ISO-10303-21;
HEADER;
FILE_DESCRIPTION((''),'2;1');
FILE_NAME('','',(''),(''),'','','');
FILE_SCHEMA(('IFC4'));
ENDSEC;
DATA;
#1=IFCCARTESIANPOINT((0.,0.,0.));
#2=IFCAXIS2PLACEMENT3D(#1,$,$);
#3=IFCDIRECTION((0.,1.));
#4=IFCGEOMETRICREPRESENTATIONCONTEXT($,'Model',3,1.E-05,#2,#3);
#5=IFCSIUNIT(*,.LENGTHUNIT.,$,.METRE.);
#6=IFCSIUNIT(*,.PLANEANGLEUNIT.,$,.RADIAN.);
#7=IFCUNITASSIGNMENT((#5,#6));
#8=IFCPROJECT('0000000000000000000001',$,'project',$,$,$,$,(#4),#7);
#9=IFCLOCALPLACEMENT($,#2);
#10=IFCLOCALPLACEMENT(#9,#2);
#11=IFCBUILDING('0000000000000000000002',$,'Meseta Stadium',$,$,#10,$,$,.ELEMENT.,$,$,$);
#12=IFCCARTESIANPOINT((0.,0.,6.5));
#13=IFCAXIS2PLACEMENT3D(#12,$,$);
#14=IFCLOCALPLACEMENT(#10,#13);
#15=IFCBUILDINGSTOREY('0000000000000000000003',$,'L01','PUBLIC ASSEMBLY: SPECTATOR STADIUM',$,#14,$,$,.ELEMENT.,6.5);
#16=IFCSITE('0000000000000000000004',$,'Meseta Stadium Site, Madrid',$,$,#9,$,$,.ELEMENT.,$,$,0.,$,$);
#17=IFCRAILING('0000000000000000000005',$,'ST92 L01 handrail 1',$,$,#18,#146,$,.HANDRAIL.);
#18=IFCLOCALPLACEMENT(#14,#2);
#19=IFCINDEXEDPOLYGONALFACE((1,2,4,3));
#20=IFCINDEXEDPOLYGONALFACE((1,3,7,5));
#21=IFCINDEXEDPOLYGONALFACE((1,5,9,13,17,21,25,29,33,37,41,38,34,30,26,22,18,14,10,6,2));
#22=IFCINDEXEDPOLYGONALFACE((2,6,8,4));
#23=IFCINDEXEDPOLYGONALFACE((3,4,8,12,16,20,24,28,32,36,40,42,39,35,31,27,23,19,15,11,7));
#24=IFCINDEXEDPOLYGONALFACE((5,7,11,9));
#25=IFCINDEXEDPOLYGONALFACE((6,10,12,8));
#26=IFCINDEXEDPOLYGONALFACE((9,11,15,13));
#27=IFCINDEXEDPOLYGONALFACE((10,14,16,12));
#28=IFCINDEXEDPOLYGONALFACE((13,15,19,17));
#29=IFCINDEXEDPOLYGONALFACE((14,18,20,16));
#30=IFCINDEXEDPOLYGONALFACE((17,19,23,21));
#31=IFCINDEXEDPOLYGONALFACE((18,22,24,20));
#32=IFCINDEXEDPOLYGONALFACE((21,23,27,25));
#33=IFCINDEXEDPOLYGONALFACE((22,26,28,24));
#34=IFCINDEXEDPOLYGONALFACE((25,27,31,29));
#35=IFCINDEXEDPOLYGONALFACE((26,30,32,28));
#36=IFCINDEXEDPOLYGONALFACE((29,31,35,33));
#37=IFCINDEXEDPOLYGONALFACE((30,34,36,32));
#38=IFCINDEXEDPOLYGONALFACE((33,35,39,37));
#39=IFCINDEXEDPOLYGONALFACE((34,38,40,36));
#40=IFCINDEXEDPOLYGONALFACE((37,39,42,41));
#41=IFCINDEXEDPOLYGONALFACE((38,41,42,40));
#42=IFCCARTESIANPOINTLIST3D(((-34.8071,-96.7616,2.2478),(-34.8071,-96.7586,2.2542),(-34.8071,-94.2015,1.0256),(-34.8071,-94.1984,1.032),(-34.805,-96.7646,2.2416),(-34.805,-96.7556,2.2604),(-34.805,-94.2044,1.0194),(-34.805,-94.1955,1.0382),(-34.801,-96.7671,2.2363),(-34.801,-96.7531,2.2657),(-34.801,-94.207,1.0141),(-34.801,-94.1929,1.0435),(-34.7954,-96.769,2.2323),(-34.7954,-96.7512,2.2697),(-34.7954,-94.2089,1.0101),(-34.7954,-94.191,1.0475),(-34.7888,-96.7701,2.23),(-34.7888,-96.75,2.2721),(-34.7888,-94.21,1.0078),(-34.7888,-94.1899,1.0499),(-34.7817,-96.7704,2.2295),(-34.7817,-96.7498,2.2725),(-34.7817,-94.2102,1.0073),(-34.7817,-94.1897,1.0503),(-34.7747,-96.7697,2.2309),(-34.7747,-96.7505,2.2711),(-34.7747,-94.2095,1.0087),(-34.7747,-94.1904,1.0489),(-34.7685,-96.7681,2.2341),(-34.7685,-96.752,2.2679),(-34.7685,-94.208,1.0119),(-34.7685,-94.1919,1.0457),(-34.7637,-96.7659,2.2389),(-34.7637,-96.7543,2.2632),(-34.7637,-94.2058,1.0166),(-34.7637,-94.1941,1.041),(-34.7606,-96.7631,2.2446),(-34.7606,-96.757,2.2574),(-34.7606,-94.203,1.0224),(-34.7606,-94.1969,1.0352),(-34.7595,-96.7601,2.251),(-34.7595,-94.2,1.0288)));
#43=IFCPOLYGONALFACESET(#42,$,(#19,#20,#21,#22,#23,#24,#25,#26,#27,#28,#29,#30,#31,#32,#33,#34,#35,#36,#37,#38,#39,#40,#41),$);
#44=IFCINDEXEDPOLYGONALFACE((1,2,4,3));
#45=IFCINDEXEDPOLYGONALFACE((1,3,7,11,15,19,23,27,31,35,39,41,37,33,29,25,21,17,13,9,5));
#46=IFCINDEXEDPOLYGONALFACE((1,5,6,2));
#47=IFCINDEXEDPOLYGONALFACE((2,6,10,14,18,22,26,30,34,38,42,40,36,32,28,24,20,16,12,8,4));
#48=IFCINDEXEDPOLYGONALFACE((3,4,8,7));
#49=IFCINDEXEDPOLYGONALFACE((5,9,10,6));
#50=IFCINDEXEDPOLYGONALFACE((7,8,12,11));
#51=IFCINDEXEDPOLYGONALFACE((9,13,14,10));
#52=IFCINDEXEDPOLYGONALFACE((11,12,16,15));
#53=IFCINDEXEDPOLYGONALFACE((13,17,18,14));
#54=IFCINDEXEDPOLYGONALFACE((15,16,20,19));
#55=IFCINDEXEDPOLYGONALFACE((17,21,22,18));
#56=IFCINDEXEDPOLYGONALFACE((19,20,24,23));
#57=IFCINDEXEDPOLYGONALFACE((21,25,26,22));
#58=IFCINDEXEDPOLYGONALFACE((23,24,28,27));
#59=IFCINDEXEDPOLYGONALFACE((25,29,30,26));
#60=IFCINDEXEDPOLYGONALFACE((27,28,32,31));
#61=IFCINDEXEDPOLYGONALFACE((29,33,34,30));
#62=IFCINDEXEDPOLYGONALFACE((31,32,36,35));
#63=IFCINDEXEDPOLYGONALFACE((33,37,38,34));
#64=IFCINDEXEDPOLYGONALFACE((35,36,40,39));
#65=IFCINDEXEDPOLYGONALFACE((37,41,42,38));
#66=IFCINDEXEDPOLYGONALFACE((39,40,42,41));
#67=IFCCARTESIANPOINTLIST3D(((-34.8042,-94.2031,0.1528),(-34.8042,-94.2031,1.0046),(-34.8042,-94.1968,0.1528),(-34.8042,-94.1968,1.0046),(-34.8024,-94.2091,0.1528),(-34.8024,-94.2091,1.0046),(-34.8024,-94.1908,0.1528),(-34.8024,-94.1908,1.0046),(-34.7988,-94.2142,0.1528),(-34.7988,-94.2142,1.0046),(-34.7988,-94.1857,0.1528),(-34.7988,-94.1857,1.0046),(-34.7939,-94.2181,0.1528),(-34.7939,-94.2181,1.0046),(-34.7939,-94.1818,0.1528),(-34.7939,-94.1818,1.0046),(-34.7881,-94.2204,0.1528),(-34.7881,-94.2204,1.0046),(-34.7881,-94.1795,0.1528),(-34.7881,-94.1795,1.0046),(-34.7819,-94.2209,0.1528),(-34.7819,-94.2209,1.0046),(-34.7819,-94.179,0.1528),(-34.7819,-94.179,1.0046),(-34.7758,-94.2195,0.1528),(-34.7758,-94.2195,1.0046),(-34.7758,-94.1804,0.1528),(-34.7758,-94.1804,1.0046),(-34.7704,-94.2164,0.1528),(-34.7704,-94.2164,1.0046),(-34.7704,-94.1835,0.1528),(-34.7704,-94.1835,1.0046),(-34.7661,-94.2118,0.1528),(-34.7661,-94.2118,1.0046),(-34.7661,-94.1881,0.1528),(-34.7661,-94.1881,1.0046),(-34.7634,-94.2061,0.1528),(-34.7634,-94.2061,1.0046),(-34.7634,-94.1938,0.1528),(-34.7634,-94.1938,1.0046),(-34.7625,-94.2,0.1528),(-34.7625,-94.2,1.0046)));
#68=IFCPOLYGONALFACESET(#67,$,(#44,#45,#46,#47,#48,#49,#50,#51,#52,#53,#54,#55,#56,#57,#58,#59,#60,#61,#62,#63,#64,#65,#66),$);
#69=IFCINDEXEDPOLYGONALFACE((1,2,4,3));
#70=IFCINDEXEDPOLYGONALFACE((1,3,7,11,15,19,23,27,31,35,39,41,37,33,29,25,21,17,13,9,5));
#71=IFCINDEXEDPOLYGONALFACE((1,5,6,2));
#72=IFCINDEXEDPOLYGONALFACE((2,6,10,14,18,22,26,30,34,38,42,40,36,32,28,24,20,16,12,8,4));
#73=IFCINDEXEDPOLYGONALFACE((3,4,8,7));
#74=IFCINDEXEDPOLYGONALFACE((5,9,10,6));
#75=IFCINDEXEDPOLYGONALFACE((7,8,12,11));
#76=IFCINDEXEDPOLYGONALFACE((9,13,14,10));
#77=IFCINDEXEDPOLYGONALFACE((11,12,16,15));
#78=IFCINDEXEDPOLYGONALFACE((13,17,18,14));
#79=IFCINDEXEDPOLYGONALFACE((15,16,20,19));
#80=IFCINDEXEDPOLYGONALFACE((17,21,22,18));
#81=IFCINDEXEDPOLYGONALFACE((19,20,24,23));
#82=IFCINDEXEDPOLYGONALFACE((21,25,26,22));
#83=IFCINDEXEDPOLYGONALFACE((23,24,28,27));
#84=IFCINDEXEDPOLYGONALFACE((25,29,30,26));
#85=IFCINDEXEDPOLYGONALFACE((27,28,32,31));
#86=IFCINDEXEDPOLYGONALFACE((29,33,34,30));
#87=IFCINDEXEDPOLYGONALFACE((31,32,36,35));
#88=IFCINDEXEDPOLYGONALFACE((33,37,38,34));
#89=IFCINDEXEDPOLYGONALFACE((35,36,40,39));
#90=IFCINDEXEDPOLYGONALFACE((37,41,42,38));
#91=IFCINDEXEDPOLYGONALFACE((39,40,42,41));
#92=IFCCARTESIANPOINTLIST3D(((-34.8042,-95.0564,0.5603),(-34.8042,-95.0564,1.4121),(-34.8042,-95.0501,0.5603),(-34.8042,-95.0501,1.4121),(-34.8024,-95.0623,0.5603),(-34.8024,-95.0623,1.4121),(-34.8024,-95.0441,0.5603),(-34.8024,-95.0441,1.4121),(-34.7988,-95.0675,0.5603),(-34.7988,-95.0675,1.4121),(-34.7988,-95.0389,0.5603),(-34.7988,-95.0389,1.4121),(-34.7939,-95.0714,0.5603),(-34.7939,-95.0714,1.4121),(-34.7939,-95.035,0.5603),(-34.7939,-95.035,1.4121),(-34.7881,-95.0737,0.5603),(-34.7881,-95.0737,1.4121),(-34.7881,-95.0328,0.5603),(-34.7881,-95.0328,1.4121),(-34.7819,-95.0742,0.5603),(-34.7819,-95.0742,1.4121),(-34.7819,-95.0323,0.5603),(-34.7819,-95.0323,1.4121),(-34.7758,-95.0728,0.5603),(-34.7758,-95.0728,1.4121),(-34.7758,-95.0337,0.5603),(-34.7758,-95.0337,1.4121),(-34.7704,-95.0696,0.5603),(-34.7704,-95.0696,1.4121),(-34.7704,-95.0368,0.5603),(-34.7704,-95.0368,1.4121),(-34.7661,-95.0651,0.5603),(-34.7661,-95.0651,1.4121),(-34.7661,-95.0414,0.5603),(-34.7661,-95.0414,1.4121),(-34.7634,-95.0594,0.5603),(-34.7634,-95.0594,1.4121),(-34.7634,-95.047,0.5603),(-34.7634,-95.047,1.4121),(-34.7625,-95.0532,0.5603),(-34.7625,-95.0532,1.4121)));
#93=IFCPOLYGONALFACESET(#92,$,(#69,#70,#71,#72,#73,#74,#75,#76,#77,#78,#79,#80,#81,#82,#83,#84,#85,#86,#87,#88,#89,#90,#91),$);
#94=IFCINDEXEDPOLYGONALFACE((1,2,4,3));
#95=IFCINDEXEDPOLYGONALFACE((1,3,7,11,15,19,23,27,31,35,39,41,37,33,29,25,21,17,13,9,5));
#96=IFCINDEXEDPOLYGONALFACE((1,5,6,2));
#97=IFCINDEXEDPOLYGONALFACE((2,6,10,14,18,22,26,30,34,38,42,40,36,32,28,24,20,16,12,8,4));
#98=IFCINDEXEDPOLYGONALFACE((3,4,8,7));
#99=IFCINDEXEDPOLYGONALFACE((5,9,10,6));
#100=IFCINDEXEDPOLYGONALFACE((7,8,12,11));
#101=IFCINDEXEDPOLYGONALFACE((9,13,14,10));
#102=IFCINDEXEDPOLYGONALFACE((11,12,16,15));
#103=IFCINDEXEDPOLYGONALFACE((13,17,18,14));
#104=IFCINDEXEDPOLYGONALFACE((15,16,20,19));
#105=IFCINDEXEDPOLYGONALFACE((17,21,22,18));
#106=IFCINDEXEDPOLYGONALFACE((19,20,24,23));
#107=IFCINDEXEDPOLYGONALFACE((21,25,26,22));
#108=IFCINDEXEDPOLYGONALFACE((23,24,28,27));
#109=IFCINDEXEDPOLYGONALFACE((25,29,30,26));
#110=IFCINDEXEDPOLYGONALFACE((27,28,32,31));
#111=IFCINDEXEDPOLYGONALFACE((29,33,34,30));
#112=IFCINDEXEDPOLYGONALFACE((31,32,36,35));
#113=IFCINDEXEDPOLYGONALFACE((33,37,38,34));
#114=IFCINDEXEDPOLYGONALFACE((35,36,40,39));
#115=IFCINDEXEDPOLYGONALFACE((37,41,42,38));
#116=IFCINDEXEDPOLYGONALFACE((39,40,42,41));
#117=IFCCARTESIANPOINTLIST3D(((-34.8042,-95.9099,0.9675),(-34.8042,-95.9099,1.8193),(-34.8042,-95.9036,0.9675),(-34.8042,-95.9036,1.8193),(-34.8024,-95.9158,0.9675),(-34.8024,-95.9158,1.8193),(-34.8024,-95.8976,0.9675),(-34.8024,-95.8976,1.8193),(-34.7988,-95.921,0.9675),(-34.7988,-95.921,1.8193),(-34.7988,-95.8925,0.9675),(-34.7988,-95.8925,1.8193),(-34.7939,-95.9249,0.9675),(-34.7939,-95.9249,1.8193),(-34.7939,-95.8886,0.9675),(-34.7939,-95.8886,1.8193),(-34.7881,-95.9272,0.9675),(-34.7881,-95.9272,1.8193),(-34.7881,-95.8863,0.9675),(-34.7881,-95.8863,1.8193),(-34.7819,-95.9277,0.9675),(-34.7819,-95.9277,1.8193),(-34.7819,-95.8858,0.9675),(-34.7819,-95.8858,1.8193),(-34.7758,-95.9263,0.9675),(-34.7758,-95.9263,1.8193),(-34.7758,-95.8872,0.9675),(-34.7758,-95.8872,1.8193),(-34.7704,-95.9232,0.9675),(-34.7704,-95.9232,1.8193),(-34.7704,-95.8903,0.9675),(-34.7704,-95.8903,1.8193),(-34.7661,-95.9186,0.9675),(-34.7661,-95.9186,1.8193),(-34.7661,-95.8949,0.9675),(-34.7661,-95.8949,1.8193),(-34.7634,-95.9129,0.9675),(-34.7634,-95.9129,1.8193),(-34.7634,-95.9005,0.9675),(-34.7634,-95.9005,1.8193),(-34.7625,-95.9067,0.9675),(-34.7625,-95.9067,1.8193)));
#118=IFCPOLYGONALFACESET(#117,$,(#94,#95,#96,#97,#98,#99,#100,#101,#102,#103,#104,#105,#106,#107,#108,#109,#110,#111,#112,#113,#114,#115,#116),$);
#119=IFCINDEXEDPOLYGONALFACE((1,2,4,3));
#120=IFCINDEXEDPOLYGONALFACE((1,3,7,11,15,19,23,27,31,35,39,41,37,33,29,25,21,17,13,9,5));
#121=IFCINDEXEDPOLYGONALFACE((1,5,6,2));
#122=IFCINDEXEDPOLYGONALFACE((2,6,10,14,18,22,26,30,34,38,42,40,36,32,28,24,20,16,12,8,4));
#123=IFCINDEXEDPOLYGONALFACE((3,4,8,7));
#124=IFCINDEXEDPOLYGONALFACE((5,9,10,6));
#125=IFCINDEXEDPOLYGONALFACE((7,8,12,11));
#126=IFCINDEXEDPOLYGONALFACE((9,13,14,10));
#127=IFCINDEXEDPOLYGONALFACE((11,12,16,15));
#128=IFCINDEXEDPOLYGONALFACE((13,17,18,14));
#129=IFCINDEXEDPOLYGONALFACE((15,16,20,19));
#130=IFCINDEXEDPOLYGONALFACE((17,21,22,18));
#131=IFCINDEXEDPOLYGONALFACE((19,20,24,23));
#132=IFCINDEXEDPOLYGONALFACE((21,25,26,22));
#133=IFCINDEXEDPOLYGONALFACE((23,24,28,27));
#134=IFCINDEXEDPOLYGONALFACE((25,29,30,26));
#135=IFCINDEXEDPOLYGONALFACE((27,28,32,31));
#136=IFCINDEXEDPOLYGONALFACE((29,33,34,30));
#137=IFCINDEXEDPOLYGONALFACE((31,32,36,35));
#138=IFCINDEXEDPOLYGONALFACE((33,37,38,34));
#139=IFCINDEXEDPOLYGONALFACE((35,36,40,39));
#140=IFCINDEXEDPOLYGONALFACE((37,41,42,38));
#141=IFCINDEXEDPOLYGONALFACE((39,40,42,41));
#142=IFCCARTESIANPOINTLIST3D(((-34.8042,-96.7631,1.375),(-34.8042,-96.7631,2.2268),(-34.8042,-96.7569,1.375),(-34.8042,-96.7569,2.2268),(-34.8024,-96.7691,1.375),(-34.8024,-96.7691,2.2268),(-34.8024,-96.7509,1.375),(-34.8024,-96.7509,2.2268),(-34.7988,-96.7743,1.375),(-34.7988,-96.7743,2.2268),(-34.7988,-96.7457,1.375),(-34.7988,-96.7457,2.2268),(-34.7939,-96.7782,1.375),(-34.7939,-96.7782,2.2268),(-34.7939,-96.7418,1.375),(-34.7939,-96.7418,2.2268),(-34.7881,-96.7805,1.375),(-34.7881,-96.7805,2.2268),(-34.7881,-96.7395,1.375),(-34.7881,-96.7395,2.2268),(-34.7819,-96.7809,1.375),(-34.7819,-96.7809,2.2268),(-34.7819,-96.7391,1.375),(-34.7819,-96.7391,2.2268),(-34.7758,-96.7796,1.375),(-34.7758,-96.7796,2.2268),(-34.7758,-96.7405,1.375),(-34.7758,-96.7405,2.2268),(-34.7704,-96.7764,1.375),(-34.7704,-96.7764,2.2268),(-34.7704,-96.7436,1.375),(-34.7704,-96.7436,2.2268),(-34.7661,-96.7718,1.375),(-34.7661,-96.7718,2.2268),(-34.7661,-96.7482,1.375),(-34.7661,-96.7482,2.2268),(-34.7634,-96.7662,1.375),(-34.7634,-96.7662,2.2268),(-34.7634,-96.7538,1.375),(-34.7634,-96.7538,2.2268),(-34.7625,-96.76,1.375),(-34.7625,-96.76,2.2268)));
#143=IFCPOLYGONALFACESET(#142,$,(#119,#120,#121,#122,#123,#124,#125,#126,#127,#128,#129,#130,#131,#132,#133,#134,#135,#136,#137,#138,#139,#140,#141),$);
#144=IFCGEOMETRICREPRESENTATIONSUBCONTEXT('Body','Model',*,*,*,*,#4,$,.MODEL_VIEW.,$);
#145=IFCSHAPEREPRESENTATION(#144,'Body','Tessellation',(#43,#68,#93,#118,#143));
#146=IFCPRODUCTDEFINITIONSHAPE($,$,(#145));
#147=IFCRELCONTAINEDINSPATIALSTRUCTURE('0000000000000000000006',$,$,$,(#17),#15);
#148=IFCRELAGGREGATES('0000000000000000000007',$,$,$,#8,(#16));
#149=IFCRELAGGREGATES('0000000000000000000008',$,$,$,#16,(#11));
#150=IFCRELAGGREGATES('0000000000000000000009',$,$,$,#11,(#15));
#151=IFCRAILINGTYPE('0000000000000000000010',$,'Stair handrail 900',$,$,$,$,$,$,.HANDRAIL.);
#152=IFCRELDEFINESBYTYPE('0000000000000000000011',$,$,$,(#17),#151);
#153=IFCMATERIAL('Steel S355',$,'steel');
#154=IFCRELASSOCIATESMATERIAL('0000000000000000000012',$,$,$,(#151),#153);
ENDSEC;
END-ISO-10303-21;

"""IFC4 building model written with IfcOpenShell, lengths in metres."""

from ifc_helpers import new_model, si_unit, direction, frame, origin, origin_2d, place, context, subcontext, project, spatial, circle, extrude, material, type_object, element, save


model = new_model("IFC4")

# Units and contexts
model_context = context("Model", 3, precision=1e-05, world=origin(), true_north=direction((0.0, 1.0)))
body_context = subcontext(model_context, "Body", "Model", "MODEL_VIEW")
ifc_project = project(units=[si_unit("LENGTHUNIT", "METRE"), si_unit("PLANEANGLEUNIT", "RADIAN")], contexts=[model_context])

# Site, building, storey
site_placement = place(None, origin())
site = spatial("IfcSite", under=ifc_project, at=site_placement, Name="Meseta Stadium Site, Madrid", CompositionType="ELEMENT", RefElevation=0.0)
building_placement = place(site_placement, origin())
building = spatial("IfcBuilding", under=site, at=building_placement, Name="Meseta Stadium", CompositionType="ELEMENT")
storey_placement = place(building_placement, frame((0.0, 0.0, 6.5)))
storey = spatial("IfcBuildingStorey", under=building, at=storey_placement, Name="L01", Description="PUBLIC ASSEMBLY: SPECTATOR STADIUM", CompositionType="ELEMENT", Elevation=6.5)

# Railing
ifc_material_1 = material(Name="Steel S355", Category="steel")
railing_type_1 = type_object("IfcRailingType", Name="Stair handrail 900", PredefinedType="HANDRAIL", material=ifc_material_1)
railing_1_placement = place(storey_placement, frame((-34.7834, -94.2, 0.1528)))
element("IfcRailing", 1, at=railing_1_placement, inside=storey, type_object=railing_type_1, Name="ST92 L01 handrail 1", PredefinedType="HANDRAIL", context=body_context, shape_type="SweptSolid", body=[
    extrude(circle(Radius=0.0239, at=origin_2d()), frame((0.0, 0.0, 0.876), z_axis=(0.0, -0.902437, 0.430822), x_axis=(1.0, 0.0, 0.0)), (0.0, 0.0, 1.0), 2.8369),
    extrude(circle(Radius=0.021, at=origin_2d()), origin(), (0.0, 0.0, 1.0), 0.8518),
    extrude(circle(Radius=0.021, at=origin_2d()), frame((0.0, -0.8533, 0.4075)), (0.0, 0.0, 1.0), 0.8518),
    extrude(circle(Radius=0.021, at=origin_2d()), frame((0.0, -1.7068, 0.8147)), (0.0, 0.0, 1.0), 0.8518),
    extrude(circle(Radius=0.021, at=origin_2d()), frame((0.0, -2.5601, 1.2222)), (0.0, 0.0, 1.0), 0.8518),
])

save(model, "model.ifc")
